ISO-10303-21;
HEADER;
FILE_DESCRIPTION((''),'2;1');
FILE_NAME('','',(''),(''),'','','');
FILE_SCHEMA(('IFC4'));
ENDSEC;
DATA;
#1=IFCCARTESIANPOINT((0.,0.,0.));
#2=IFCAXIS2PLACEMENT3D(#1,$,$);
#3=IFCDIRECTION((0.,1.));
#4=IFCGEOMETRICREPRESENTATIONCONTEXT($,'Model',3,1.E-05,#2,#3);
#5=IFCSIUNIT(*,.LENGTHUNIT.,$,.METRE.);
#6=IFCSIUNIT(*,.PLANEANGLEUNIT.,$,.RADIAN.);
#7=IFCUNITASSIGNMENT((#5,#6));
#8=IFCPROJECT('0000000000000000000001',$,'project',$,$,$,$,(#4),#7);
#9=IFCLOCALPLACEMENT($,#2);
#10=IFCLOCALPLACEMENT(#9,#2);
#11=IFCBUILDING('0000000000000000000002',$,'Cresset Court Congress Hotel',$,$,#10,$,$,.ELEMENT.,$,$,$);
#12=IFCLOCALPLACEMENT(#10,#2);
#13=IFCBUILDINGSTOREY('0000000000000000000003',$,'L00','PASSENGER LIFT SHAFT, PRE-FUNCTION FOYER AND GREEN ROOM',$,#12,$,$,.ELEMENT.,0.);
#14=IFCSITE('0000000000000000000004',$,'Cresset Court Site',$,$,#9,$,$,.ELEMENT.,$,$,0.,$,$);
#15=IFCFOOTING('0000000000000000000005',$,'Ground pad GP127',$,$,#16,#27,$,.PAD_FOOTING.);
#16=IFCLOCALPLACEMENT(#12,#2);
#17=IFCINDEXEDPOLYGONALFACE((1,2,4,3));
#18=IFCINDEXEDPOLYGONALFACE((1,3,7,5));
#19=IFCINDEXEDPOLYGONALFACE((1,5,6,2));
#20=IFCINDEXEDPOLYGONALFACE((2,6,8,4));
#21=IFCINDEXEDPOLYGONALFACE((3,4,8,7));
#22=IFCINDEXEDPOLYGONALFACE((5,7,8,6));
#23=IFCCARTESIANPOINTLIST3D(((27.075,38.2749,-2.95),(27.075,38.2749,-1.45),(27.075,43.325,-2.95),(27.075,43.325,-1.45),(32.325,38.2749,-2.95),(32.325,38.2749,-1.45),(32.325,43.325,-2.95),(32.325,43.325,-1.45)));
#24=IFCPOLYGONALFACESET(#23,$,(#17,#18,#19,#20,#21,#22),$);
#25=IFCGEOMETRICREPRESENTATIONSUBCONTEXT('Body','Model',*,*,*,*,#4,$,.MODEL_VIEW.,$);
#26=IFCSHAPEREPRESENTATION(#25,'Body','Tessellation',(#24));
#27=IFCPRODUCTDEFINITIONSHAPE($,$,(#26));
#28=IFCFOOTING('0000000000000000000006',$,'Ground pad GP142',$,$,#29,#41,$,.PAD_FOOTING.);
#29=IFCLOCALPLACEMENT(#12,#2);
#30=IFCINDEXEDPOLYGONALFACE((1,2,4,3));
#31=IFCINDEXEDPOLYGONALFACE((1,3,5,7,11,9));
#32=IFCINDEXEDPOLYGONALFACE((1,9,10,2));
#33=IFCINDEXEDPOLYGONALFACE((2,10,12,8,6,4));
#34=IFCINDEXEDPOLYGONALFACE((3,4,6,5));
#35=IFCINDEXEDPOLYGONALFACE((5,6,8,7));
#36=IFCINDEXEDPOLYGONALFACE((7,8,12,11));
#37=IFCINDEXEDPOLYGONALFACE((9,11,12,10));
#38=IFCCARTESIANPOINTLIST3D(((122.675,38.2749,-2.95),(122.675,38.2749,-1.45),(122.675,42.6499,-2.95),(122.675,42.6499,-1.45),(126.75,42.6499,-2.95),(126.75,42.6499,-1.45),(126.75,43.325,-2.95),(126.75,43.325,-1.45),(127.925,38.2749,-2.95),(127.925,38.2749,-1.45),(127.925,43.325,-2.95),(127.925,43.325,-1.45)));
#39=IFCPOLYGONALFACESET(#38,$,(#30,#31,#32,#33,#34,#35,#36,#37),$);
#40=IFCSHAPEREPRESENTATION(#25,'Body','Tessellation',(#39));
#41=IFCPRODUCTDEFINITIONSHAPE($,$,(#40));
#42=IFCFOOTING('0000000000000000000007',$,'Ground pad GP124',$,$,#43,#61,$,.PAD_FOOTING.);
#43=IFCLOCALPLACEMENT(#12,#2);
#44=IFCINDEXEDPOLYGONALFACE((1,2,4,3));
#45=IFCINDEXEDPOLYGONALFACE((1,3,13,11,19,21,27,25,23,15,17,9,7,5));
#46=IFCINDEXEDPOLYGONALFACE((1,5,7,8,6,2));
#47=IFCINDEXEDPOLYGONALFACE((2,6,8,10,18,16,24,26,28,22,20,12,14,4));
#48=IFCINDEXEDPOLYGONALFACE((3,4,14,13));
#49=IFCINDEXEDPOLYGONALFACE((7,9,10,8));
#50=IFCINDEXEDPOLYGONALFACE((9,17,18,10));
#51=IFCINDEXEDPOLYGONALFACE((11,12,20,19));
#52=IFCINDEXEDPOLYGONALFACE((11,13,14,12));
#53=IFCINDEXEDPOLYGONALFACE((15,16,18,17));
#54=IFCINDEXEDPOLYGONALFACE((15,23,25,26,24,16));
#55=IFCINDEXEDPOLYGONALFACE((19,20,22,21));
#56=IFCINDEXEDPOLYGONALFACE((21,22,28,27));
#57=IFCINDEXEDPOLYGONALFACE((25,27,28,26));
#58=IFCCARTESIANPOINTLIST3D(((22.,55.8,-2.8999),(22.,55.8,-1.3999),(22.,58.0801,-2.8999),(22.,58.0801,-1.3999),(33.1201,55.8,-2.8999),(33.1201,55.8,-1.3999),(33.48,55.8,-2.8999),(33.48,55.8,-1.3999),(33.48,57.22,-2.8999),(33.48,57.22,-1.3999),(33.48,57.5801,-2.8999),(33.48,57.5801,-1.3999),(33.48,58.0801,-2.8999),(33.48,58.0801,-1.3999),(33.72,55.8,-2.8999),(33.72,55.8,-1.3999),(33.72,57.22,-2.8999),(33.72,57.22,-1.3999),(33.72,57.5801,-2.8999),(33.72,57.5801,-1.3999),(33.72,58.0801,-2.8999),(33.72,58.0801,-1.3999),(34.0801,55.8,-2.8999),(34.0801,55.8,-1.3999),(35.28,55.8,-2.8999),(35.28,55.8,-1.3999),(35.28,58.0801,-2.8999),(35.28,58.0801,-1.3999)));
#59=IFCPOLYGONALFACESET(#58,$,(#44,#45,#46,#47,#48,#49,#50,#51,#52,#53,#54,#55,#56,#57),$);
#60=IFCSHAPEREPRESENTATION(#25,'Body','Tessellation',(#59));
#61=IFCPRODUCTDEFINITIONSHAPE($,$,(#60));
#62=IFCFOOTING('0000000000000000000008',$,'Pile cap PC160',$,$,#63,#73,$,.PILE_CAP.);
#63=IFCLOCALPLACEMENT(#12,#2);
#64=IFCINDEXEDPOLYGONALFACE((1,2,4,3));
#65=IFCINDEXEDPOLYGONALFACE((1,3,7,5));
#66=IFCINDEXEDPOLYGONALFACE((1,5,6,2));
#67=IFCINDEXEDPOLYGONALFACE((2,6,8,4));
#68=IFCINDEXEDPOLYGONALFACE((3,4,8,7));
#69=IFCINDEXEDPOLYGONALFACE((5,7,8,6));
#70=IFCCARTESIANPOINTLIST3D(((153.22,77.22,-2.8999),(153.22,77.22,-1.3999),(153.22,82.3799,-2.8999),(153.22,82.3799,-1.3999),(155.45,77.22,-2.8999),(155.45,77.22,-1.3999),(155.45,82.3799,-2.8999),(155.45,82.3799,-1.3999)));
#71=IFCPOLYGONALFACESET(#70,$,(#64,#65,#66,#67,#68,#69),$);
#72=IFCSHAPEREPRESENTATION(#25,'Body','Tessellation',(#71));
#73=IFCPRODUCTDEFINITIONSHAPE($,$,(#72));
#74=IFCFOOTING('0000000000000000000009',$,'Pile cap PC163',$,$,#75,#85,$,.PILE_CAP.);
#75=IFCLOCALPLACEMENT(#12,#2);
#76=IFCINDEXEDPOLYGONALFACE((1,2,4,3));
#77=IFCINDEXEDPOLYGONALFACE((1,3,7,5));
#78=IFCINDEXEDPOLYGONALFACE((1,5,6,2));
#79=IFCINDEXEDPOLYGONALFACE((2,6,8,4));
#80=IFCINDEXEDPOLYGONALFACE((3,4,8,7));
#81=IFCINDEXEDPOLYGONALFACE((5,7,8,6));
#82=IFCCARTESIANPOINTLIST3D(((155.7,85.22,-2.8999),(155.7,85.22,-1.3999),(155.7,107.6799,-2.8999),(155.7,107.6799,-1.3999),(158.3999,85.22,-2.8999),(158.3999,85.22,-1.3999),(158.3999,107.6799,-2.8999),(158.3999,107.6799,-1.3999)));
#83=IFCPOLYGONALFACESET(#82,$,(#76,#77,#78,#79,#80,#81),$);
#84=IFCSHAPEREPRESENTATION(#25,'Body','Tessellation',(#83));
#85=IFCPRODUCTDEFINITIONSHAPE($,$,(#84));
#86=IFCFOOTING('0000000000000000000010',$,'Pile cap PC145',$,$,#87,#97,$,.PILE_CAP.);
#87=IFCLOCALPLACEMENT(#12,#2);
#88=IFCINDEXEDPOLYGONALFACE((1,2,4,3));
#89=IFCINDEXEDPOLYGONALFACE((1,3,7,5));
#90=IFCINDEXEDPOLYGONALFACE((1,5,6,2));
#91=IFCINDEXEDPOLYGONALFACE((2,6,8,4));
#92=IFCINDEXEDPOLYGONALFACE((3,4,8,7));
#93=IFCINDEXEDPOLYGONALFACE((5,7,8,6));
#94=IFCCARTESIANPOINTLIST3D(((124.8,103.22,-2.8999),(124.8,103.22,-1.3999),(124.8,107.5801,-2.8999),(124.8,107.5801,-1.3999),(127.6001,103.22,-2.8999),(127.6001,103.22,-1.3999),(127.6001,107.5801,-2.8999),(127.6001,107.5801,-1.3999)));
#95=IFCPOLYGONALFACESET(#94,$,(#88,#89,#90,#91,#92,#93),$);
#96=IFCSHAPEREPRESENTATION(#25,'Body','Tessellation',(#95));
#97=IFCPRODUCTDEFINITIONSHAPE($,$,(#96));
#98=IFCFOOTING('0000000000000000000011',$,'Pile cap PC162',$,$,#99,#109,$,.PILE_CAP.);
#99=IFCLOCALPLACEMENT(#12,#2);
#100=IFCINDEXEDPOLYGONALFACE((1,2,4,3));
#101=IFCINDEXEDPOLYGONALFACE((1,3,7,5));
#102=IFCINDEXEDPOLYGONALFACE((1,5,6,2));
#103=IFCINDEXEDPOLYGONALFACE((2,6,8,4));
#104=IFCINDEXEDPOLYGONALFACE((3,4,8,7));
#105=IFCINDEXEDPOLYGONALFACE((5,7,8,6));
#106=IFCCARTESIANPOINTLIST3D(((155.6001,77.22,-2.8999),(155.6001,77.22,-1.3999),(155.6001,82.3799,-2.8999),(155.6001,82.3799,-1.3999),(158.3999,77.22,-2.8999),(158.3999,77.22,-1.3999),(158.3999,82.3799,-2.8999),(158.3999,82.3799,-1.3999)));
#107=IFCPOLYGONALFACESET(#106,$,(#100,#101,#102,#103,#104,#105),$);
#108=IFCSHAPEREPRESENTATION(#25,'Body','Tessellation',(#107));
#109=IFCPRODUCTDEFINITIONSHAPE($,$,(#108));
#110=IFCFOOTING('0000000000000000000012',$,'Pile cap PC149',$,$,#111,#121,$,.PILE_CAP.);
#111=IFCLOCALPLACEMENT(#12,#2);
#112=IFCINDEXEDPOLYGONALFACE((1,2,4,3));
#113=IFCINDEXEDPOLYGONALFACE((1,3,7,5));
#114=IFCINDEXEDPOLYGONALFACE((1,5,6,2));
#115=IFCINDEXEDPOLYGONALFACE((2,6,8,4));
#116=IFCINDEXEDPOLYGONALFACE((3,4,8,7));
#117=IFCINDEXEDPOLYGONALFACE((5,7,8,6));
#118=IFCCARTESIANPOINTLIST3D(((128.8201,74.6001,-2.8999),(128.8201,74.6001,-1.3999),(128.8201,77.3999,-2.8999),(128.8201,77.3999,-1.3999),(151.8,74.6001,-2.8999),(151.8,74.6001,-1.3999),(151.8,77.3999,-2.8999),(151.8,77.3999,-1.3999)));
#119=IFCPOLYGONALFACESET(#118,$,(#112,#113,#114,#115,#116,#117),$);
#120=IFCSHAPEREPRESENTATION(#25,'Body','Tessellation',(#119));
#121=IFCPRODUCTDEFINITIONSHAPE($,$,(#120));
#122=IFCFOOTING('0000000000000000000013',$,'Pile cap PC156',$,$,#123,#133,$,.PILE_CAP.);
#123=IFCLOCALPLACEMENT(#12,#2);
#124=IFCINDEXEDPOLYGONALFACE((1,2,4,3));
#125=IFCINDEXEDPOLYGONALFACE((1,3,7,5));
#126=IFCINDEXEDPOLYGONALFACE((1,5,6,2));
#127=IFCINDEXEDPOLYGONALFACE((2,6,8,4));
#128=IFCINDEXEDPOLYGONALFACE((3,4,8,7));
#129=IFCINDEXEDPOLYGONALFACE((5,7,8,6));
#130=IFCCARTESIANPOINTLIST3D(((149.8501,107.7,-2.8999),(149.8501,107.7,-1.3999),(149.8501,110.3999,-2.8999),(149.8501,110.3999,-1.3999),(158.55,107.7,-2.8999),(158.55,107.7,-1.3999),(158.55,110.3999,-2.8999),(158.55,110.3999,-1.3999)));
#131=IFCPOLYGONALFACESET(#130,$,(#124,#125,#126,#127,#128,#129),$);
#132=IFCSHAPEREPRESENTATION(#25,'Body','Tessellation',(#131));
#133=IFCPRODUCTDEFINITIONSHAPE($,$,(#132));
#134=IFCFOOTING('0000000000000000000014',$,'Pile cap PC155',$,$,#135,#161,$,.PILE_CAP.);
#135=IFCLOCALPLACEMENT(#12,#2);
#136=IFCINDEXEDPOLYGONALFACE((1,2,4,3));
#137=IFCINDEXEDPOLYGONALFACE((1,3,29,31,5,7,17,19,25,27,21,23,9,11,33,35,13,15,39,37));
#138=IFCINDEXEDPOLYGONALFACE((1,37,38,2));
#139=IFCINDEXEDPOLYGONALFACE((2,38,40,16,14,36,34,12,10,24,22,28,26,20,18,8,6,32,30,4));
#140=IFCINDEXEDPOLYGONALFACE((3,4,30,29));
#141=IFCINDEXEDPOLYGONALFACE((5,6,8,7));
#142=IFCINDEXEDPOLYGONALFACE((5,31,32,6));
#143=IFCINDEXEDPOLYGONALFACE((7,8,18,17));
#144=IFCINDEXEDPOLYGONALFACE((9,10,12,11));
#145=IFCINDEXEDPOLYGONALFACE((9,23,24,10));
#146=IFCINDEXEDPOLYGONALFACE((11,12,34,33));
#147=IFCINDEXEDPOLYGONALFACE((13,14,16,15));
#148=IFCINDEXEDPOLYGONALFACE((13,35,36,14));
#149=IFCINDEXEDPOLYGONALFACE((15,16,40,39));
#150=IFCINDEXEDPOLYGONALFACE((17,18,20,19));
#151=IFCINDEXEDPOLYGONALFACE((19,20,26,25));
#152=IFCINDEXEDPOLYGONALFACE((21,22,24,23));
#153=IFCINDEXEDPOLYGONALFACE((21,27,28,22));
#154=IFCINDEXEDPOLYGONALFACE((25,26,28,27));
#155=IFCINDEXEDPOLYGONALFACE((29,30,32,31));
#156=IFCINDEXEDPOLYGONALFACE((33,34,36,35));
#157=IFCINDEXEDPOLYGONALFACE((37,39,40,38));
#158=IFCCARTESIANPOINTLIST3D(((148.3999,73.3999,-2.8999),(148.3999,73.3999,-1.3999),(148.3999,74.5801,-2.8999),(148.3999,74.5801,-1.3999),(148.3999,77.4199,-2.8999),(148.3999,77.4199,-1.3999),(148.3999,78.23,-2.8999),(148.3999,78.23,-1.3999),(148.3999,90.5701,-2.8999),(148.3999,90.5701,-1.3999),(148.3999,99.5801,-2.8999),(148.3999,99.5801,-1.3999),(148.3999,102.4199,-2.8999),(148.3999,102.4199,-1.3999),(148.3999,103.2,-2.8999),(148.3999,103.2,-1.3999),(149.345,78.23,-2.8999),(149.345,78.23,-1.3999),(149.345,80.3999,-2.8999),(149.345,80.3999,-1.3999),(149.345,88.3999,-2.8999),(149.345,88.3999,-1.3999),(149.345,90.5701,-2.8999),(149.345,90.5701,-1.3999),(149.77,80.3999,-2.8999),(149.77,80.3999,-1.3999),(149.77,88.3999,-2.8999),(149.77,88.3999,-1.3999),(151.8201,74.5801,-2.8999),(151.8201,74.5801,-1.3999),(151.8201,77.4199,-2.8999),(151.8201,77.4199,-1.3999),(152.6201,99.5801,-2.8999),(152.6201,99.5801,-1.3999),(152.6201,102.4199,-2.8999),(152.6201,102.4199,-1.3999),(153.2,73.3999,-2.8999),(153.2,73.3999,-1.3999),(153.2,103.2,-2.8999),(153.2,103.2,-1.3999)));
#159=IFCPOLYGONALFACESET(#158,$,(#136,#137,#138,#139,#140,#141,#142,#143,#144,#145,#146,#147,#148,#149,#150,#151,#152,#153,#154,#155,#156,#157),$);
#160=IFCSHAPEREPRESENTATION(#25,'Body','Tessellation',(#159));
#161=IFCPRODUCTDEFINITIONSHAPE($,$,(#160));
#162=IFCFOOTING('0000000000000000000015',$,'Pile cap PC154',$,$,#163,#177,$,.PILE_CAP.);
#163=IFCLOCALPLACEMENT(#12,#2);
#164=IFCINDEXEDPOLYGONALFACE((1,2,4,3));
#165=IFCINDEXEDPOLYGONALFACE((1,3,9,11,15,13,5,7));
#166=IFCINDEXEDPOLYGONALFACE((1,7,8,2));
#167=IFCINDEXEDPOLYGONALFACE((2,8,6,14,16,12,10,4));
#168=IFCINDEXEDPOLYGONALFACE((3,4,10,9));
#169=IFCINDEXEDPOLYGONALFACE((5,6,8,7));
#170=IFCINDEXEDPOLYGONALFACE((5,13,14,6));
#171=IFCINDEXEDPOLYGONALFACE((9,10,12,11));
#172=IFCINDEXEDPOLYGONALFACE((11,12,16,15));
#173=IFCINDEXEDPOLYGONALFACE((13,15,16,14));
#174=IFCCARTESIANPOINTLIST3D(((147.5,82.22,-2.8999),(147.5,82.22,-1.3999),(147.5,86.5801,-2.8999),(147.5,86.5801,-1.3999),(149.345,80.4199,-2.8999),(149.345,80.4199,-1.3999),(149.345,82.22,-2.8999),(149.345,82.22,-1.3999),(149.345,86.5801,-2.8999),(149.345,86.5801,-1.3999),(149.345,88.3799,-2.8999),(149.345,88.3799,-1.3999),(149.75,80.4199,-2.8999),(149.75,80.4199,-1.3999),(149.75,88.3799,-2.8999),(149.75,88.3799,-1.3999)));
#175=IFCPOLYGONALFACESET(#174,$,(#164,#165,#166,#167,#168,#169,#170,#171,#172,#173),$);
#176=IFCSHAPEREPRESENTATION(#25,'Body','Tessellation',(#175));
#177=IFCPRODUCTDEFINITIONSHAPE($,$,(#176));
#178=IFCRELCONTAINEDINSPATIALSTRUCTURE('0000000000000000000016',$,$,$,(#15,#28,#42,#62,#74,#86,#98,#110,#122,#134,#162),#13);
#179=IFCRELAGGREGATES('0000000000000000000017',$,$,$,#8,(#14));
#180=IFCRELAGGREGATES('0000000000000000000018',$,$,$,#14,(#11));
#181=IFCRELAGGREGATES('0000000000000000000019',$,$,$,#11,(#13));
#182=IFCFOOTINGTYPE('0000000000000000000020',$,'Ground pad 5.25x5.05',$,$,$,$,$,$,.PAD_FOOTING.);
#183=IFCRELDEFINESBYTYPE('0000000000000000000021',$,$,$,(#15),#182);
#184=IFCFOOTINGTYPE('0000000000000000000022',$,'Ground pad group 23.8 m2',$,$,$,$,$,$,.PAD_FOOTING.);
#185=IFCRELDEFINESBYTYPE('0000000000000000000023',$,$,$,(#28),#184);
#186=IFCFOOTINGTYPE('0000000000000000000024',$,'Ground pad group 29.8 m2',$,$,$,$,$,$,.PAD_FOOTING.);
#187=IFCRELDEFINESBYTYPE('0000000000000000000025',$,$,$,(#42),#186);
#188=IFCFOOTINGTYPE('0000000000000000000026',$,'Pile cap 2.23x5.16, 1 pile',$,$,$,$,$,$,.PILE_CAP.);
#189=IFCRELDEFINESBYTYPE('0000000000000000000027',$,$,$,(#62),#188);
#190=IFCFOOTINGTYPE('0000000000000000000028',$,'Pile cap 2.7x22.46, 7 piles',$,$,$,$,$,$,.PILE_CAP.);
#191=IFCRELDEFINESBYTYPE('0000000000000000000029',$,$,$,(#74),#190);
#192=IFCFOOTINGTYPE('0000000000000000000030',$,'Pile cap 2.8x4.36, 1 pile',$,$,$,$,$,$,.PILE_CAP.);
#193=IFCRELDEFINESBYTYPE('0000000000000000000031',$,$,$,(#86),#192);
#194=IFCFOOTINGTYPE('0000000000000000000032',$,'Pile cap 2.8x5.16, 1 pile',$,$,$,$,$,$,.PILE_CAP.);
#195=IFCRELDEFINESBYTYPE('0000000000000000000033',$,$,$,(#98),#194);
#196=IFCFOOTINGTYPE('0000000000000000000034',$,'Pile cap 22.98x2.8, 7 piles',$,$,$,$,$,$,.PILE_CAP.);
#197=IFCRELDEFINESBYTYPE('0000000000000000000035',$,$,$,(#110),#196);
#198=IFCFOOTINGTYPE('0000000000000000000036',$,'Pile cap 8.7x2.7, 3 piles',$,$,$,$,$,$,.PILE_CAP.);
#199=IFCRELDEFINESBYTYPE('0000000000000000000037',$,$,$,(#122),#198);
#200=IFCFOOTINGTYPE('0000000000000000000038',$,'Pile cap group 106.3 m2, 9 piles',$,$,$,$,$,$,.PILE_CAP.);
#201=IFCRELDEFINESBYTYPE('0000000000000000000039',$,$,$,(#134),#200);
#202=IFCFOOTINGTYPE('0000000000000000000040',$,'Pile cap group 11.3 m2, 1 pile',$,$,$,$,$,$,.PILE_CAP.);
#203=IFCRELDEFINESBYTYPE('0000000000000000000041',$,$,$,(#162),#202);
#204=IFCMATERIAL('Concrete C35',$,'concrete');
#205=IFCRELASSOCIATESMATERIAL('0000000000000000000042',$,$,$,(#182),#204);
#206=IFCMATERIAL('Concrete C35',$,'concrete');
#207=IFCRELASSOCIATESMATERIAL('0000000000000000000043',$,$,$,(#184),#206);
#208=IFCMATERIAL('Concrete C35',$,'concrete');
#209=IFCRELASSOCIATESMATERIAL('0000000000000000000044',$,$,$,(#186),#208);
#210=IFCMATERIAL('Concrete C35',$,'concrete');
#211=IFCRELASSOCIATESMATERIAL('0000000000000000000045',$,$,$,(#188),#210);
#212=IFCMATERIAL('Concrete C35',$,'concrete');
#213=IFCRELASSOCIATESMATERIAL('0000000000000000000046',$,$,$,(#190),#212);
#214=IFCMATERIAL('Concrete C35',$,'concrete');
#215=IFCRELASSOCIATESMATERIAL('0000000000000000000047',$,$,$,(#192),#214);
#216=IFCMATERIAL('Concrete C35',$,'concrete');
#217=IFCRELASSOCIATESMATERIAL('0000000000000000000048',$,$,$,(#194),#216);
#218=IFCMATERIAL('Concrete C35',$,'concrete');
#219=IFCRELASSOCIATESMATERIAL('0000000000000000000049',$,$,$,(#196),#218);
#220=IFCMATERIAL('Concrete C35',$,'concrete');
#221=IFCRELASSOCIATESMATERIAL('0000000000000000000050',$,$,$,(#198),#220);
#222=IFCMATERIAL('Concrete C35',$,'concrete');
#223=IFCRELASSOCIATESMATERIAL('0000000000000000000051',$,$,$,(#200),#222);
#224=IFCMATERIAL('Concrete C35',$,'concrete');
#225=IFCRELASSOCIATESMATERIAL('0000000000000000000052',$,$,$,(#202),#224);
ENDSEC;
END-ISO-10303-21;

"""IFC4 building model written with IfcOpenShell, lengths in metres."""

from ifc_helpers import new_model, si_unit, direction, frame, origin, place, context, subcontext, project, spatial, polyline, outline, extrude, material, type_object, element, save


model = new_model("IFC4")

# Units and contexts
model_context = context("Model", 3, precision=1e-05, world=origin(), true_north=direction((0.0, 1.0)))
body_context = subcontext(model_context, "Body", "Model", "MODEL_VIEW")
ifc_project = project(units=[si_unit("LENGTHUNIT", "METRE"), si_unit("PLANEANGLEUNIT", "RADIAN")], contexts=[model_context])

# Site, building, storey
site_placement = place(None, origin())
site = spatial("IfcSite", under=ifc_project, at=site_placement, Name="Cresset Court Site", CompositionType="ELEMENT", RefElevation=0.0)
building_placement = place(site_placement, origin())
building = spatial("IfcBuilding", under=site, at=building_placement, Name="Cresset Court Congress Hotel", CompositionType="ELEMENT")
storey_placement = place(building_placement, origin())
storey = spatial("IfcBuildingStorey", under=building, at=storey_placement, Name="L00", Description="PASSENGER LIFT SHAFT, PRE-FUNCTION FOYER AND GREEN ROOM", CompositionType="ELEMENT", Elevation=0.0)

# Footings
ifc_material_1 = material(Name="Concrete C35", Category="concrete")
footing_type_1 = type_object("IfcFootingType", Name="Ground pad 5.25x5.05", PredefinedType="PAD_FOOTING", material=ifc_material_1)
footing_1_placement = place(storey_placement, frame((0.0, 0.0, -2.95)))
element("IfcFooting", 1, at=footing_1_placement, inside=storey, type_object=footing_type_1, Name="Ground pad GP127", PredefinedType="PAD_FOOTING", context=body_context, shape_type="SweptSolid", body=[
    extrude(outline(polyline([(27.075, 43.325), (32.325, 43.325), (32.325, 38.2749), (27.075, 38.2749), (27.075, 43.325)])), origin(), (0.0, 0.0, 1.0), 1.5),
])
ifc_material_2 = material(Name="Concrete C35", Category="concrete")
footing_type_2 = type_object("IfcFootingType", Name="Ground pad group 23.8 m2", PredefinedType="PAD_FOOTING", material=ifc_material_2)
footing_2_placement = place(storey_placement, frame((0.0, 0.0, -2.95)))
element("IfcFooting", 2, at=footing_2_placement, inside=storey, type_object=footing_type_2, Name="Ground pad GP142", PredefinedType="PAD_FOOTING", context=body_context, shape_type="SweptSolid", body=[
    extrude(outline(polyline([(122.675, 42.6499), (126.75, 42.6499), (126.75, 43.325), (127.925, 43.325), (127.925, 38.2749), (122.675, 38.2749), (122.675, 42.6499)])), origin(), (0.0, 0.0, 1.0), 1.5),
])
ifc_material_3 = material(Name="Concrete C35", Category="concrete")
footing_type_3 = type_object("IfcFootingType", Name="Ground pad group 29.8 m2", PredefinedType="PAD_FOOTING", material=ifc_material_3)
footing_3_placement = place(storey_placement, frame((0.0, 0.0, -2.8999)))
element("IfcFooting", 3, at=footing_3_placement, inside=storey, type_object=footing_type_3, Name="Ground pad GP124", PredefinedType="PAD_FOOTING", context=body_context, shape_type="SweptSolid", body=[
    extrude(outline(polyline([(22.0, 58.0801), (33.48, 58.0801), (33.48, 57.5801), (33.72, 57.5801), (33.72, 58.0801), (35.28, 58.0801), (35.28, 55.8), (34.0801, 55.8), (33.72, 55.8), (33.72, 57.22), (33.48, 57.22), (33.48, 55.8), (33.1201, 55.8), (22.0, 55.8), (22.0, 58.0801)])), origin(), (0.0, 0.0, 1.0), 1.5),
])
ifc_material_4 = material(Name="Concrete C35", Category="concrete")
footing_type_4 = type_object("IfcFootingType", Name="Pile cap 2.23x5.16, 1 pile", PredefinedType="PILE_CAP", material=ifc_material_4)
footing_4_placement = place(storey_placement, frame((0.0, 0.0, -2.8999)))
element("IfcFooting", 4, at=footing_4_placement, inside=storey, type_object=footing_type_4, Name="Pile cap PC160", PredefinedType="PILE_CAP", context=body_context, shape_type="SweptSolid", body=[
    extrude(outline(polyline([(155.45, 82.3799), (155.45, 77.22), (153.22, 77.22), (153.22, 82.3799), (155.45, 82.3799)])), origin(), (0.0, 0.0, 1.0), 1.5),
])
ifc_material_5 = material(Name="Concrete C35", Category="concrete")
footing_type_5 = type_object("IfcFootingType", Name="Pile cap 2.7x22.46, 7 piles", PredefinedType="PILE_CAP", material=ifc_material_5)
footing_5_placement = place(storey_placement, frame((0.0, 0.0, -2.8999)))
element("IfcFooting", 5, at=footing_5_placement, inside=storey, type_object=footing_type_5, Name="Pile cap PC163", PredefinedType="PILE_CAP", context=body_context, shape_type="SweptSolid", body=[
    extrude(outline(polyline([(158.3999, 107.6799), (158.3999, 85.22), (155.7, 85.22), (155.7, 107.6799), (158.3999, 107.6799)])), origin(), (0.0, 0.0, 1.0), 1.5),
])
ifc_material_6 = material(Name="Concrete C35", Category="concrete")
footing_type_6 = type_object("IfcFootingType", Name="Pile cap 2.8x4.36, 1 pile", PredefinedType="PILE_CAP", material=ifc_material_6)
footing_6_placement = place(storey_placement, frame((0.0, 0.0, -2.8999)))
element("IfcFooting", 6, at=footing_6_placement, inside=storey, type_object=footing_type_6, Name="Pile cap PC145", PredefinedType="PILE_CAP", context=body_context, shape_type="SweptSolid", body=[
    extrude(outline(polyline([(127.6001, 107.5801), (127.6001, 103.22), (124.8, 103.22), (124.8, 107.5801), (127.6001, 107.5801)])), origin(), (0.0, 0.0, 1.0), 1.5),
])
ifc_material_7 = material(Name="Concrete C35", Category="concrete")
footing_type_7 = type_object("IfcFootingType", Name="Pile cap 2.8x5.16, 1 pile", PredefinedType="PILE_CAP", material=ifc_material_7)
footing_7_placement = place(storey_placement, frame((0.0, 0.0, -2.8999)))
element("IfcFooting", 7, at=footing_7_placement, inside=storey, type_object=footing_type_7, Name="Pile cap PC162", PredefinedType="PILE_CAP", context=body_context, shape_type="SweptSolid", body=[
    extrude(outline(polyline([(158.3999, 82.3799), (158.3999, 77.22), (155.6001, 77.22), (155.6001, 82.3799), (158.3999, 82.3799)])), origin(), (0.0, 0.0, 1.0), 1.5),
])
ifc_material_8 = material(Name="Concrete C35", Category="concrete")
footing_type_8 = type_object("IfcFootingType", Name="Pile cap 22.98x2.8, 7 piles", PredefinedType="PILE_CAP", material=ifc_material_8)
footing_8_placement = place(storey_placement, frame((0.0, 0.0, -2.8999)))
element("IfcFooting", 8, at=footing_8_placement, inside=storey, type_object=footing_type_8, Name="Pile cap PC149", PredefinedType="PILE_CAP", context=body_context, shape_type="SweptSolid", body=[
    extrude(outline(polyline([(128.8201, 77.3999), (151.8, 77.3999), (151.8, 74.6001), (128.8201, 74.6001), (128.8201, 77.3999)])), origin(), (0.0, 0.0, 1.0), 1.5),
])
ifc_material_9 = material(Name="Concrete C35", Category="concrete")
footing_type_9 = type_object("IfcFootingType", Name="Pile cap 8.7x2.7, 3 piles", PredefinedType="PILE_CAP", material=ifc_material_9)
footing_9_placement = place(storey_placement, frame((0.0, 0.0, -2.8999)))
element("IfcFooting", 9, at=footing_9_placement, inside=storey, type_object=footing_type_9, Name="Pile cap PC156", PredefinedType="PILE_CAP", context=body_context, shape_type="SweptSolid", body=[
    extrude(outline(polyline([(158.55, 107.7), (149.8501, 107.7), (149.8501, 110.3999), (158.55, 110.3999), (158.55, 107.7)])), origin(), (0.0, 0.0, 1.0), 1.5),
])
ifc_material_10 = material(Name="Concrete C35", Category="concrete")
footing_type_10 = type_object("IfcFootingType", Name="Pile cap group 106.3 m2, 9 piles", PredefinedType="PILE_CAP", material=ifc_material_10)
footing_10_placement = place(storey_placement, frame((0.0, 0.0, -2.8999)))
element("IfcFooting", 10, at=footing_10_placement, inside=storey, type_object=footing_type_10, Name="Pile cap PC155", PredefinedType="PILE_CAP", context=body_context, shape_type="SweptSolid", body=[
    extrude(outline(polyline([(148.3999, 73.3999), (148.3999, 74.5801), (151.8201, 74.5801), (151.8201, 77.4199), (148.3999, 77.4199), (148.3999, 78.23), (149.345, 78.23), (149.345, 80.3999), (149.77, 80.3999), (149.77, 88.3999), (149.345, 88.3999), (149.345, 90.5701), (148.3999, 90.5701), (148.3999, 99.5801), (152.6201, 99.5801), (152.6201, 102.4199), (148.3999, 102.4199), (148.3999, 103.2), (153.2, 103.2), (153.2, 73.3999), (148.3999, 73.3999)])), origin(), (0.0, 0.0, 1.0), 1.5),
])
ifc_material_11 = material(Name="Concrete C35", Category="concrete")
footing_type_11 = type_object("IfcFootingType", Name="Pile cap group 11.3 m2, 1 pile", PredefinedType="PILE_CAP", material=ifc_material_11)
footing_11_placement = place(storey_placement, frame((0.0, 0.0, -2.8999)))
element("IfcFooting", 11, at=footing_11_placement, inside=storey, type_object=footing_type_11, Name="Pile cap PC154", PredefinedType="PILE_CAP", context=body_context, shape_type="SweptSolid", body=[
    extrude(outline(polyline([(147.5, 86.5801), (149.345, 86.5801), (149.345, 88.3799), (149.75, 88.3799), (149.75, 80.4199), (149.345, 80.4199), (149.345, 82.22), (147.5, 82.22), (147.5, 86.5801)])), origin(), (0.0, 0.0, 1.0), 1.5),
])

save(model, "model.ifc")
